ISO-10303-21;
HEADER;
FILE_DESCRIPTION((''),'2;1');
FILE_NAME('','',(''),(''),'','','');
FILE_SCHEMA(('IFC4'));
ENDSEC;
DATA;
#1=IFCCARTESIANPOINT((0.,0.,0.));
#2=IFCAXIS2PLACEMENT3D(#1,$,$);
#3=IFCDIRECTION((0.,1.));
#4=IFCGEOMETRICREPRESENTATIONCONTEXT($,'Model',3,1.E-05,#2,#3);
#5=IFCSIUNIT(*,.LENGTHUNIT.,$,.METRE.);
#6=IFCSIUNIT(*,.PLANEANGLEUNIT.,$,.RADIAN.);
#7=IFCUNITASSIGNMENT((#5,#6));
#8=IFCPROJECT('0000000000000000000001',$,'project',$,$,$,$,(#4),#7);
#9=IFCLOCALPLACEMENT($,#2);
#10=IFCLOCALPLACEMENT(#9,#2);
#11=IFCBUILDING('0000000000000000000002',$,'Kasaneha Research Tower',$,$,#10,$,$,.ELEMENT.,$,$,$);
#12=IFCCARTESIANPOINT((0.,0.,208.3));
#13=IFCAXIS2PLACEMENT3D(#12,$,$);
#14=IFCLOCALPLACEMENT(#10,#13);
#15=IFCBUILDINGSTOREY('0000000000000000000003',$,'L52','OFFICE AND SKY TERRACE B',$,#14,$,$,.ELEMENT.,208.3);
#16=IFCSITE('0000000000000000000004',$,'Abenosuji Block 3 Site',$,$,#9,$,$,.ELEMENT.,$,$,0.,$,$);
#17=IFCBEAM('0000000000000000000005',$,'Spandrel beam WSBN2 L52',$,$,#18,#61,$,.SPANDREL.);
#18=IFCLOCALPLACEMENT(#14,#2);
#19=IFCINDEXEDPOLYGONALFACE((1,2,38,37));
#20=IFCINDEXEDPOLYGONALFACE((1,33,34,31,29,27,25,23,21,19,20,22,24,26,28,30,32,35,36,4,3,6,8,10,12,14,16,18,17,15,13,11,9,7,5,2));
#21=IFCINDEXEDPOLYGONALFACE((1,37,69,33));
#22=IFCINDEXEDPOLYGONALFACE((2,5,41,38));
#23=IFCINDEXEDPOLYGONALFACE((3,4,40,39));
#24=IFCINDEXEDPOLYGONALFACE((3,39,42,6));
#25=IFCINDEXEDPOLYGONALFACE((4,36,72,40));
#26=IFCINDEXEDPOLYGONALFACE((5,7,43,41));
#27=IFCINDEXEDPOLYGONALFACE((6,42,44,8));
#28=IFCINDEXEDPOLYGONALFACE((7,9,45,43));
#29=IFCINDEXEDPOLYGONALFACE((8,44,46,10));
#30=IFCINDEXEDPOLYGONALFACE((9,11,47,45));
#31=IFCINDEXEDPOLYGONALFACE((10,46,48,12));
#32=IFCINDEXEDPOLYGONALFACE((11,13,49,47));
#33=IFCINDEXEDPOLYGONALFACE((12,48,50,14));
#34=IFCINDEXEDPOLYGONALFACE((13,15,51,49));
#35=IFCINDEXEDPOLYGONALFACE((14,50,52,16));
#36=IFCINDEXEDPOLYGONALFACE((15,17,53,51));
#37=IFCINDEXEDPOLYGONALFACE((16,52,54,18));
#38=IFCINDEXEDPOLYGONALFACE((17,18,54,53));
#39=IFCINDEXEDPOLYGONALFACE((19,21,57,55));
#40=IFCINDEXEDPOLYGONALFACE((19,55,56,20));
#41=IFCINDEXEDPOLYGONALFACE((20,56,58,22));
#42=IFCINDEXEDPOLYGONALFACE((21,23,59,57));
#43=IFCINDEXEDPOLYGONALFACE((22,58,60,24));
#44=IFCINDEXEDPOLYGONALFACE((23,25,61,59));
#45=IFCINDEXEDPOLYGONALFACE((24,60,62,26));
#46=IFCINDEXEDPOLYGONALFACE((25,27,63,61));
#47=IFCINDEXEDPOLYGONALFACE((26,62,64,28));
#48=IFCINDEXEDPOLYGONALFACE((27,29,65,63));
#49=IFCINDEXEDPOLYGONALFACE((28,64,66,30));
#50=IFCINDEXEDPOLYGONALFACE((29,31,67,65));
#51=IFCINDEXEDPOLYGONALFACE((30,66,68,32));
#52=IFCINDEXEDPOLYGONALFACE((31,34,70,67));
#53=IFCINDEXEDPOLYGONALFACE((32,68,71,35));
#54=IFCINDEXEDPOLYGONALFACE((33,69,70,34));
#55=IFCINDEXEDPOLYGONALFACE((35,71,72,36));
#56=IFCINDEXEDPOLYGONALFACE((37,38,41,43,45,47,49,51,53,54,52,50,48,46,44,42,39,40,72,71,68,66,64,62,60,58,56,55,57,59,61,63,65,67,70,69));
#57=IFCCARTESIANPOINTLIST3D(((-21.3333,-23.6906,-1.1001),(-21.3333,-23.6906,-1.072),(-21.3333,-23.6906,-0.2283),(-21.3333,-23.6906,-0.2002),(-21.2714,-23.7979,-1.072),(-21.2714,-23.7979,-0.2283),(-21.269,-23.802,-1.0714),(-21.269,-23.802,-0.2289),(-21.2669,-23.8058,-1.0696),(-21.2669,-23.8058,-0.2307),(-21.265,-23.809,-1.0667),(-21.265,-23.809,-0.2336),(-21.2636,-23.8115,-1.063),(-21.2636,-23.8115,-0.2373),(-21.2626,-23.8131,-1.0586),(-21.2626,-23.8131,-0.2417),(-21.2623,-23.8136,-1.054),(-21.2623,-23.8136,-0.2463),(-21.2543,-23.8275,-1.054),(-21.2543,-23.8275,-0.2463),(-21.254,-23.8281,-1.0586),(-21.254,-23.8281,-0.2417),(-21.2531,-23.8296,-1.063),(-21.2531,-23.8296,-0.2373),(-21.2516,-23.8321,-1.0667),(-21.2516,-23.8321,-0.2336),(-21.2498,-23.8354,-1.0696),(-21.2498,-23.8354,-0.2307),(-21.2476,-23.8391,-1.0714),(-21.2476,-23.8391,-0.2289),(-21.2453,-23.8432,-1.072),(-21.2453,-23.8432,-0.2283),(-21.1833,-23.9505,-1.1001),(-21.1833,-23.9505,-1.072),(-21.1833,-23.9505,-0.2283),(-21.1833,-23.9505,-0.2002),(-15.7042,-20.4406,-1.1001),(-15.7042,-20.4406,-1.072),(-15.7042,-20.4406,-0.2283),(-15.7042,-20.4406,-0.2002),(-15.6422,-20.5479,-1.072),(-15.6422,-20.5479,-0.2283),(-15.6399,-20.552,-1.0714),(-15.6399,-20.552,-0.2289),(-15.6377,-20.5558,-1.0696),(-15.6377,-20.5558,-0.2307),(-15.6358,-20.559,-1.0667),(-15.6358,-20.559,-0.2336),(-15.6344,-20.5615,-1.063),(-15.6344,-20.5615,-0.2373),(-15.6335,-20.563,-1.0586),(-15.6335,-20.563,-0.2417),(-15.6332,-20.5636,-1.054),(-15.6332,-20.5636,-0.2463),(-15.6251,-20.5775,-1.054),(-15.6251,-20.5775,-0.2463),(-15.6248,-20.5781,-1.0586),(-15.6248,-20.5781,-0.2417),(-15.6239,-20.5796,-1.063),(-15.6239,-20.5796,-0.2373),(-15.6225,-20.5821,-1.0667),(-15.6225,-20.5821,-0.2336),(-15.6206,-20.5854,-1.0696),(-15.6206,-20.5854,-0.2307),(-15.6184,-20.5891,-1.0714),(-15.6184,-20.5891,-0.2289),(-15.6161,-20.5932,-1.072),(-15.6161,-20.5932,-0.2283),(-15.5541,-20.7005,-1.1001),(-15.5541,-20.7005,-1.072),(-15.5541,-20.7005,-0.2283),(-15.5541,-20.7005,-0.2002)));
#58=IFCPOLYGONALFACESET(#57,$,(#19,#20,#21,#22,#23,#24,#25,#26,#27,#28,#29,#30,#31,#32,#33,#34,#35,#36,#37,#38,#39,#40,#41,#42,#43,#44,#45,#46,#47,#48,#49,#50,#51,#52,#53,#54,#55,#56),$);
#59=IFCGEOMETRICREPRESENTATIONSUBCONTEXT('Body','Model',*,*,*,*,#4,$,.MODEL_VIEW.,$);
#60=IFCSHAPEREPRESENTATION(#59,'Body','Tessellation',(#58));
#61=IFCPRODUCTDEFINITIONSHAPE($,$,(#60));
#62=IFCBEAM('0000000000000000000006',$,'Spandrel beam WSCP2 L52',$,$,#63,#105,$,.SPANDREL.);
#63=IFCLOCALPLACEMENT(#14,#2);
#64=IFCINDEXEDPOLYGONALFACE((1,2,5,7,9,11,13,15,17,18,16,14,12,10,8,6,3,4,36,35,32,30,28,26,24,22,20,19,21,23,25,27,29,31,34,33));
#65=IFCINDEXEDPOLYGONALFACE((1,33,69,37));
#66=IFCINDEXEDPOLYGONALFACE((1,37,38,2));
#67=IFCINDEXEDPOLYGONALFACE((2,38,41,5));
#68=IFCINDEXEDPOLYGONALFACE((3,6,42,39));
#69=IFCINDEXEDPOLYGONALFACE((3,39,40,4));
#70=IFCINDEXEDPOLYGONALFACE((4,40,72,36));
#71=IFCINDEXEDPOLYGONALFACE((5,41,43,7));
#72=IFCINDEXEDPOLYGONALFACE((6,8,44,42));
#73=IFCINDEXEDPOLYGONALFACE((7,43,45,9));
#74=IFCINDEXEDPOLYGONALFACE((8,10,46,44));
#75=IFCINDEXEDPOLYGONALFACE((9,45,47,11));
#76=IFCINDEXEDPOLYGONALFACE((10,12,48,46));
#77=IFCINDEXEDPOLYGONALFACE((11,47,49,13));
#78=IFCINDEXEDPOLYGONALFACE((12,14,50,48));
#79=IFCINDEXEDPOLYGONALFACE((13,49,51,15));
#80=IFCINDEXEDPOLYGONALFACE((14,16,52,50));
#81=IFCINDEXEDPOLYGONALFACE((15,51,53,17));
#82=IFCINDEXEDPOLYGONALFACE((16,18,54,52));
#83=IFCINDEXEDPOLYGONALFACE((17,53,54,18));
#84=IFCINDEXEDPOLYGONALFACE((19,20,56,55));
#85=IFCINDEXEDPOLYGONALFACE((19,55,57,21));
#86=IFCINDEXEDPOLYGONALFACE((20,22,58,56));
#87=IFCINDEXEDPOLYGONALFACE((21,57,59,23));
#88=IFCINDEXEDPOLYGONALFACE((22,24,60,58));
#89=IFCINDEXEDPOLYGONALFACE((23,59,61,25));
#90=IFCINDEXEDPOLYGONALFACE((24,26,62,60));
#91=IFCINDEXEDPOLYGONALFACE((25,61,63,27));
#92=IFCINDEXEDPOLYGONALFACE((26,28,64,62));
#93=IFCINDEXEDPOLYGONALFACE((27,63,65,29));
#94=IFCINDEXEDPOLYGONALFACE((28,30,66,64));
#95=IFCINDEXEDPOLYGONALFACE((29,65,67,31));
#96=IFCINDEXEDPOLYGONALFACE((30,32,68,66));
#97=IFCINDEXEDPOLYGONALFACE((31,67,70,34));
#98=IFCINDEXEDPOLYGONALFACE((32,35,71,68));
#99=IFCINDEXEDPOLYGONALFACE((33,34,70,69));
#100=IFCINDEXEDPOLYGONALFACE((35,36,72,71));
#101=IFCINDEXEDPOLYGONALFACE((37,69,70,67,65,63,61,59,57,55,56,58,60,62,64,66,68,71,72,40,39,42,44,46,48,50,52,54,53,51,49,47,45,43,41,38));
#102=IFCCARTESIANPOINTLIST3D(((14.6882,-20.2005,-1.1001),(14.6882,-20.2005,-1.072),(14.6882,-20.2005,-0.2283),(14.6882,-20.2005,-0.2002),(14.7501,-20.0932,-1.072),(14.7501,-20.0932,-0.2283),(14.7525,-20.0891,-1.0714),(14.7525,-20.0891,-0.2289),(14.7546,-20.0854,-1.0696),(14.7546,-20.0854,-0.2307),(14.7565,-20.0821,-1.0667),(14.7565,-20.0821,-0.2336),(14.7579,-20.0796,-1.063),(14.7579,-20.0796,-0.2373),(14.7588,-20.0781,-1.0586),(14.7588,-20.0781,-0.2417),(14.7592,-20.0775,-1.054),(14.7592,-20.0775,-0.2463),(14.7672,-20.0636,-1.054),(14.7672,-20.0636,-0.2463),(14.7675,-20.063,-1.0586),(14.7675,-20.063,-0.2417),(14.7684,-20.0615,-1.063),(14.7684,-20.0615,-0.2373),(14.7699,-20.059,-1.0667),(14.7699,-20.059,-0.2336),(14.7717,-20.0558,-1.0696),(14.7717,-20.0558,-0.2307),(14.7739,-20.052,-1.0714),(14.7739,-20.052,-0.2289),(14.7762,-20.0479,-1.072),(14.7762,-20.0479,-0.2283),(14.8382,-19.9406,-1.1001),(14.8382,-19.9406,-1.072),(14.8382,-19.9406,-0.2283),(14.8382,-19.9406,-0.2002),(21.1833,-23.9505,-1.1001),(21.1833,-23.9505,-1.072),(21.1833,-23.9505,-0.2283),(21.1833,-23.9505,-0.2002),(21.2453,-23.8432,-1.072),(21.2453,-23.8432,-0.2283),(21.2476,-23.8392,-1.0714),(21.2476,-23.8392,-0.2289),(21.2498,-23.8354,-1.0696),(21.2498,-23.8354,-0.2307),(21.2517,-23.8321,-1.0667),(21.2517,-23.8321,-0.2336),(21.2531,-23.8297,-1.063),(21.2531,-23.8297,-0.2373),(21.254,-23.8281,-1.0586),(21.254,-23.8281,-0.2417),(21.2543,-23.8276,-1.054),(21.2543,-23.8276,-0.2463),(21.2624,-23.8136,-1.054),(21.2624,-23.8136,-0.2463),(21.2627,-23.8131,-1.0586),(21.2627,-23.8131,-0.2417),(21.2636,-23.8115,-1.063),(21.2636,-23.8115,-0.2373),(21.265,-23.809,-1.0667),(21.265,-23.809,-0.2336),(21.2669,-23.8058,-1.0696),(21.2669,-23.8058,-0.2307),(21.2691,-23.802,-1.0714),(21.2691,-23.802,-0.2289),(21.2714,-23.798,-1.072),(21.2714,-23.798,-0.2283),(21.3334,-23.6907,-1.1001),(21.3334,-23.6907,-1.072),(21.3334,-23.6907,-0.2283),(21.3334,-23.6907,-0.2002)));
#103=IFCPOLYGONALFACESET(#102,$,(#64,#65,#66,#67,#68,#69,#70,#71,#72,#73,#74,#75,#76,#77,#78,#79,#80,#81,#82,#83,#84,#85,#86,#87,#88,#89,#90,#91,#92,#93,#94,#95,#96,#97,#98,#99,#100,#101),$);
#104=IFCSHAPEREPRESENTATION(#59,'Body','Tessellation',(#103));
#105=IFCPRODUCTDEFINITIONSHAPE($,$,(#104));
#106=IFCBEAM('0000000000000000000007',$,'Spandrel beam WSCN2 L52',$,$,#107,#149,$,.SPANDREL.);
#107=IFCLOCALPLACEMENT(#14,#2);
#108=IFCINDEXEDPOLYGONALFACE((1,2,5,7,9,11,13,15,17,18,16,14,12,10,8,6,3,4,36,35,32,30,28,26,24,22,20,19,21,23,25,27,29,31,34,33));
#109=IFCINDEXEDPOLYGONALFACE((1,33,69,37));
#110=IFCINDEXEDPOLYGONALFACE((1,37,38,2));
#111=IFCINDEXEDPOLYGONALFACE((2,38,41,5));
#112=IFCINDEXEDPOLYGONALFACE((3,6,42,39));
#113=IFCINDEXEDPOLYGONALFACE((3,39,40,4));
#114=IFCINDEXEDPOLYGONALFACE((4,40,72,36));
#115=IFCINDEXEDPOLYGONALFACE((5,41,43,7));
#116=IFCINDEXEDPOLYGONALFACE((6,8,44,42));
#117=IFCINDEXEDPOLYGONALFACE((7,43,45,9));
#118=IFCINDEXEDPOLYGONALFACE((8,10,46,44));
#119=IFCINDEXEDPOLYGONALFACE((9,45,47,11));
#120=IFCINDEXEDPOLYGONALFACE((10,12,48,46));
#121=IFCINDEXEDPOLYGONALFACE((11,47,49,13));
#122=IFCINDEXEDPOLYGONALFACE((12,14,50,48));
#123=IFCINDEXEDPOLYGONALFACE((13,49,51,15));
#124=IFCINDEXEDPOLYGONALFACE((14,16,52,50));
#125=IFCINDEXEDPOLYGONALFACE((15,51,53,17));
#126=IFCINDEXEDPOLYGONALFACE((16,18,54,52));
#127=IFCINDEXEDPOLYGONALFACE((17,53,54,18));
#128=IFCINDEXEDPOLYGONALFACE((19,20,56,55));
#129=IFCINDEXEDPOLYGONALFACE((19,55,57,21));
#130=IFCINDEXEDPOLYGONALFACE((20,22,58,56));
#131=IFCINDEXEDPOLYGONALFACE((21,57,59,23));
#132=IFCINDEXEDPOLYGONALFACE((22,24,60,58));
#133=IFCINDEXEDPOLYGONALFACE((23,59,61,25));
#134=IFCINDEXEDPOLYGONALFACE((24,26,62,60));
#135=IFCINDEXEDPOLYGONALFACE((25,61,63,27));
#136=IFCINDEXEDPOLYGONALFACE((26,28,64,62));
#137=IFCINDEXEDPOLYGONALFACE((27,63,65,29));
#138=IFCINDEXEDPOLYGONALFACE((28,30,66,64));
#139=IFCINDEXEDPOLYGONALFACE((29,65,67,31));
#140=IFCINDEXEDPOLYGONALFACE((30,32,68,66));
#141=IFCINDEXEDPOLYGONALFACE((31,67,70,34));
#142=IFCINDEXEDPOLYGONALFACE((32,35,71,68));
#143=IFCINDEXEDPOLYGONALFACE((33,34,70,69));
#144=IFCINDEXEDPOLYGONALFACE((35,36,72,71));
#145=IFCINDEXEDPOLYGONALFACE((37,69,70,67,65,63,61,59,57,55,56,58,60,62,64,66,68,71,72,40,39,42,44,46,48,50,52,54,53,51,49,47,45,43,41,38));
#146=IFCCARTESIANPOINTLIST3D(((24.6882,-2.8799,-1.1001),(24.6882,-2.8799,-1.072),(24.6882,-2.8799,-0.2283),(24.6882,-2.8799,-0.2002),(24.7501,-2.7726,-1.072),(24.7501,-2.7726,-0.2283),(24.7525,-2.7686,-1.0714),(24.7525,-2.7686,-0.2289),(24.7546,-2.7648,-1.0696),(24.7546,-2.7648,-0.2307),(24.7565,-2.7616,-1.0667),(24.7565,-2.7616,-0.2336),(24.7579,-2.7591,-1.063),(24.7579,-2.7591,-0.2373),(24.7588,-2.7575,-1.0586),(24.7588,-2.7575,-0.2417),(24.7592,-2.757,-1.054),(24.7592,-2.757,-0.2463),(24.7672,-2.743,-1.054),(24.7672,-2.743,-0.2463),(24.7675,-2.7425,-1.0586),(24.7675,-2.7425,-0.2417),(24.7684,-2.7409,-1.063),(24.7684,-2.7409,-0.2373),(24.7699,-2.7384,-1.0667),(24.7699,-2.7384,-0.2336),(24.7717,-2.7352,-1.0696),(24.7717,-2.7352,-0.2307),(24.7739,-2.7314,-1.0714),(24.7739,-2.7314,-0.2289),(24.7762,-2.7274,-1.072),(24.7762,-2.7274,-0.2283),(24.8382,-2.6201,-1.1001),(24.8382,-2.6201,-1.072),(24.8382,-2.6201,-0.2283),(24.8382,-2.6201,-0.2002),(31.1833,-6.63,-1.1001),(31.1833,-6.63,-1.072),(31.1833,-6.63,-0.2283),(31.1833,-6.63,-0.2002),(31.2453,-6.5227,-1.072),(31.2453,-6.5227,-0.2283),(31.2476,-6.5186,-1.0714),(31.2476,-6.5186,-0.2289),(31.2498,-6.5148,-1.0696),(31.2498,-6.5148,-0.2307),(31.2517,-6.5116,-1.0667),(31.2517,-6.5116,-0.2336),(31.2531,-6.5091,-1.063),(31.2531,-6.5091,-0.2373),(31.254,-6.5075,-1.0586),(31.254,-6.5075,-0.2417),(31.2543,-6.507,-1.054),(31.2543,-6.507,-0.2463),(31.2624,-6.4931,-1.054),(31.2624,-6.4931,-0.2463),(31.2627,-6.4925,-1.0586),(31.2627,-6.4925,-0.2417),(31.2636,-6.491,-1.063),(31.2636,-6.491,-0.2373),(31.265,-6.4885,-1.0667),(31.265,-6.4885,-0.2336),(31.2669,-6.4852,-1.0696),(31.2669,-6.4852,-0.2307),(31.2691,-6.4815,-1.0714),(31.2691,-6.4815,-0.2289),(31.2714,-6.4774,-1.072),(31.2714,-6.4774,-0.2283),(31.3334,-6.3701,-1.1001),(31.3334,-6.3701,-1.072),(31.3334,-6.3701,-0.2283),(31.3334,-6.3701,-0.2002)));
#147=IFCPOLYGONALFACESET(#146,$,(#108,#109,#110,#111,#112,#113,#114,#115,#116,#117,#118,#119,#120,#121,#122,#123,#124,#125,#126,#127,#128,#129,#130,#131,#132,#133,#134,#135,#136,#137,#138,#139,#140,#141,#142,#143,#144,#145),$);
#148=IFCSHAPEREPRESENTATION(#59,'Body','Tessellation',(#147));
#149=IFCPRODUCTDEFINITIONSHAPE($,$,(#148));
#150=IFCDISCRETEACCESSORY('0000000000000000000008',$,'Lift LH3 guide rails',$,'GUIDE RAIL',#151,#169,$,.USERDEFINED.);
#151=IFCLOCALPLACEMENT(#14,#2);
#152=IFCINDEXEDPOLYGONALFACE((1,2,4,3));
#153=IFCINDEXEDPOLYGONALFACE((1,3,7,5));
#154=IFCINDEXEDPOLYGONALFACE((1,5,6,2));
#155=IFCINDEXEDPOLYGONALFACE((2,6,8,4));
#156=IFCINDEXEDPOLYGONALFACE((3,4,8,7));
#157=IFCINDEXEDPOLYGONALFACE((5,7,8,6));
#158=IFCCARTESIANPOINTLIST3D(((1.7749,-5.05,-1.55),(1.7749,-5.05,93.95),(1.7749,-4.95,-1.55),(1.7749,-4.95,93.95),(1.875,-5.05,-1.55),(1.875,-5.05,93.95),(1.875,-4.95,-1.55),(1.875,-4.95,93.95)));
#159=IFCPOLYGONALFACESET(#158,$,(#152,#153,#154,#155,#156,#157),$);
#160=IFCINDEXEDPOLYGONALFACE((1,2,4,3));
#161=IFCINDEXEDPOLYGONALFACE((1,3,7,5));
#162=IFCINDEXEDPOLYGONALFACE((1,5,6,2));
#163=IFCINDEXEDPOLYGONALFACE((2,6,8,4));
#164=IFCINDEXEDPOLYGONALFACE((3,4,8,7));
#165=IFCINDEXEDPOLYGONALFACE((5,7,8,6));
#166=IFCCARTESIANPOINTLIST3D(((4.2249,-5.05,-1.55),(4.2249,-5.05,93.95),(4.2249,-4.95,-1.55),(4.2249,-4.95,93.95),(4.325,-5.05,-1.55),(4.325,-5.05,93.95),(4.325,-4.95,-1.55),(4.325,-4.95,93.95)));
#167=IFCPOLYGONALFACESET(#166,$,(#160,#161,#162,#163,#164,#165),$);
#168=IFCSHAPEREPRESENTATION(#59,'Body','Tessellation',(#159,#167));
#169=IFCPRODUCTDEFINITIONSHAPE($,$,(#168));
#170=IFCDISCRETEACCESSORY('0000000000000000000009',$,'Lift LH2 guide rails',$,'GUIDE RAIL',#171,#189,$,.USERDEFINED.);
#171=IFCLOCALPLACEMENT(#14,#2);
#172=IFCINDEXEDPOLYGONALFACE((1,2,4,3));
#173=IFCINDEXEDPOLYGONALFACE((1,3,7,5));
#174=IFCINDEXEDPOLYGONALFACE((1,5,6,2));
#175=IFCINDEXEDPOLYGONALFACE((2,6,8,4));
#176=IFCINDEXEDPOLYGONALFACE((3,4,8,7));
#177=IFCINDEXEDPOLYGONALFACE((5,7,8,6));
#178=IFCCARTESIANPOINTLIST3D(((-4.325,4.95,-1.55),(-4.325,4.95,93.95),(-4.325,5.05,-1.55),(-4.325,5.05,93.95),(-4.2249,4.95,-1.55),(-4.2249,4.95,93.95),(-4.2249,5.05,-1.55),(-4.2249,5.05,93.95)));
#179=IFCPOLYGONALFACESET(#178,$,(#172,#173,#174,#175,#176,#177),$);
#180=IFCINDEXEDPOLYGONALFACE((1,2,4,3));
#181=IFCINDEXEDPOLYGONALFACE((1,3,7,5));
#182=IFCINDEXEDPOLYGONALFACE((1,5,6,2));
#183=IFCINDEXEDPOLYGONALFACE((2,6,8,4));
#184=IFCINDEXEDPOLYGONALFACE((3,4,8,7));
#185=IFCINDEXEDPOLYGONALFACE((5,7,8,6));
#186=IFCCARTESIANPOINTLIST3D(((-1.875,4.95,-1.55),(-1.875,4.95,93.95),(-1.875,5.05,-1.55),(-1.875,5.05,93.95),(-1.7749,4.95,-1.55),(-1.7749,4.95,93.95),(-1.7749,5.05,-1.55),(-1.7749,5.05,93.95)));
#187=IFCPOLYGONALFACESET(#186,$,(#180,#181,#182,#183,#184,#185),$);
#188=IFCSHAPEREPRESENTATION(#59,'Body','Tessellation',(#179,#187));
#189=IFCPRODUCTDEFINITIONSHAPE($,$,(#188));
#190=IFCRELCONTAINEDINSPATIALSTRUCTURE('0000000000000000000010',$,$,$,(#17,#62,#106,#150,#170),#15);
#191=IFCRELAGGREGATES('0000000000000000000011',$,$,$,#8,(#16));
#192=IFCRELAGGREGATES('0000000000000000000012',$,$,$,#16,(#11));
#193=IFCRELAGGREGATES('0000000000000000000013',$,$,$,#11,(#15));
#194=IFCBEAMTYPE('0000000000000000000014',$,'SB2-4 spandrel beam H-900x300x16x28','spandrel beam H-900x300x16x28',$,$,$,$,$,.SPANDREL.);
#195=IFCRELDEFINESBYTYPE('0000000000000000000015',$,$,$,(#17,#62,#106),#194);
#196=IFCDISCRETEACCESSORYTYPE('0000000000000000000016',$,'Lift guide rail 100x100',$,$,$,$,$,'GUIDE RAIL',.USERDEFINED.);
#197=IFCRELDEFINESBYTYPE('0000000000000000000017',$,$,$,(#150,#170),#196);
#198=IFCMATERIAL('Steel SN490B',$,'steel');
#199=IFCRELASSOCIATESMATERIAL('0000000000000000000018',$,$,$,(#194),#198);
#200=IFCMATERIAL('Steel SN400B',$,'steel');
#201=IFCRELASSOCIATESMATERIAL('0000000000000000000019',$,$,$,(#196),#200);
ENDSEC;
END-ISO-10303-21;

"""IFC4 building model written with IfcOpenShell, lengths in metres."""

from ifc_helpers import new_model, si_unit, direction, frame, origin, origin_2d, place, context, subcontext, project, spatial, rectangle, i_section, extrude, material, material_profile, profile_set, type_object, element, save


model = new_model("IFC4")

# Units and contexts
model_context = context("Model", 3, precision=1e-05, world=origin(), true_north=direction((0.0, 1.0)))
body_context = subcontext(model_context, "Body", "Model", "MODEL_VIEW")
ifc_project = project(units=[si_unit("LENGTHUNIT", "METRE"), si_unit("PLANEANGLEUNIT", "RADIAN")], contexts=[model_context])

# Site, building, storey
site_placement = place(None, origin())
site = spatial("IfcSite", under=ifc_project, at=site_placement, Name="Abenosuji Block 3 Site", CompositionType="ELEMENT", RefElevation=0.0)
building_placement = place(site_placement, origin())
building = spatial("IfcBuilding", under=site, at=building_placement, Name="Kasaneha Research Tower", CompositionType="ELEMENT")
storey_placement = place(building_placement, frame((0.0, 0.0, 208.3)))
storey = spatial("IfcBuildingStorey", under=building, at=storey_placement, Name="L52", Description="OFFICE AND SKY TERRACE B", CompositionType="ELEMENT", Elevation=208.3)

# Beams
ifc_material_1 = material(Name="Steel SN490B", Category="steel")
ifc_material_profile_1 = material_profile(ifc_material_1, i_section(OverallWidth=0.3, OverallDepth=0.8999, WebThickness=0.0161, FlangeThickness=0.0281, FilletRadius=0.0181, at=origin_2d()), Name="H-900x300x16x28")
ifc_profile_set_1 = profile_set([ifc_material_profile_1], Name="Steel SN490B")
beam_type_1 = type_object("IfcBeamType", Name="SB2-4 spandrel beam H-900x300x16x28", Description="spandrel beam H-900x300x16x28", PredefinedType="SPANDREL", material=ifc_profile_set_1)
for number, where, z_axis, x_axis, name in (
    (1, (-15.6292, -20.5706, -0.6501), (-0.866025, -0.500001, 0.0), (0.500001, -0.866025, 0.0), "Spandrel beam WSBN2 L52"),
):
    element("IfcBeam", number, at=place(storey_placement, frame(where, z_axis=z_axis, x_axis=x_axis)), inside=storey, type_object=beam_type_1, Name=name, PredefinedType="SPANDREL", context=body_context, shape_type="SweptSolid", body=[
        extrude(i_section(OverallWidth=0.3, OverallDepth=0.8999, WebThickness=0.0161, FlangeThickness=0.0281, FilletRadius=0.0181, at=origin_2d()), origin(), (0.0, 0.0, 1.0), 6.5),
    ])
for number, where, z_axis, x_axis, name in (
    (2, (14.7632, -20.0706, -0.6501), (0.866023, -0.500004, 0.0), (0.500004, 0.866023, 0.0), "Spandrel beam WSCP2 L52"),
    (3, (24.7632, -2.75, -0.6501), (0.866023, -0.500004, 0.0), (0.500004, 0.866023, 0.0), "Spandrel beam WSCN2 L52"),
):
    element("IfcBeam", number, at=place(storey_placement, frame(where, z_axis=z_axis, x_axis=x_axis)), inside=storey, type_object=beam_type_1, Name=name, PredefinedType="SPANDREL", context=body_context, shape_type="SweptSolid", body=[
        extrude(i_section(OverallWidth=0.3, OverallDepth=0.8999, WebThickness=0.0161, FlangeThickness=0.0281, FilletRadius=0.0181, at=origin_2d()), origin(), (0.0, 0.0, 1.0), 7.5),
    ])

# Discrete accessories
ifc_material_2 = material(Name="Steel SN400B", Category="steel")
discrete_accessory_type = type_object("IfcDiscreteAccessoryType", Name="Lift guide rail 100x100", ElementType="GUIDE RAIL", PredefinedType="USERDEFINED", material=ifc_material_2)
discrete_accessory_1_placement = place(storey_placement, frame((0.0, 0.0, -208.3)))
element("IfcDiscreteAccessory", 4, at=discrete_accessory_1_placement, inside=storey, type_object=discrete_accessory_type, Name="Lift LH3 guide rails", ObjectType="GUIDE RAIL", PredefinedType="USERDEFINED", context=body_context, shape_type="SweptSolid", body=[
    extrude(rectangle(XDim=0.1001, YDim=0.1001, at=origin_2d()), frame((1.825, -5.0, 206.75)), (0.0, 0.0, 1.0), 95.5),
    extrude(rectangle(XDim=0.1001, YDim=0.1001, at=origin_2d()), frame((4.2749, -5.0, 206.75)), (0.0, 0.0, 1.0), 95.5),
])
discrete_accessory_2_placement = place(storey_placement, frame((0.0, 0.0, -208.3)))
element("IfcDiscreteAccessory", 5, at=discrete_accessory_2_placement, inside=storey, type_object=discrete_accessory_type, Name="Lift LH2 guide rails", ObjectType="GUIDE RAIL", PredefinedType="USERDEFINED", context=body_context, shape_type="SweptSolid", body=[
    extrude(rectangle(XDim=0.1001, YDim=0.1001, at=origin_2d()), frame((-4.2749, 5.0, 206.75)), (0.0, 0.0, 1.0), 95.5),
    extrude(rectangle(XDim=0.1001, YDim=0.1001, at=origin_2d()), frame((-1.825, 5.0, 206.75)), (0.0, 0.0, 1.0), 95.5),
])

save(model, "model.ifc")
